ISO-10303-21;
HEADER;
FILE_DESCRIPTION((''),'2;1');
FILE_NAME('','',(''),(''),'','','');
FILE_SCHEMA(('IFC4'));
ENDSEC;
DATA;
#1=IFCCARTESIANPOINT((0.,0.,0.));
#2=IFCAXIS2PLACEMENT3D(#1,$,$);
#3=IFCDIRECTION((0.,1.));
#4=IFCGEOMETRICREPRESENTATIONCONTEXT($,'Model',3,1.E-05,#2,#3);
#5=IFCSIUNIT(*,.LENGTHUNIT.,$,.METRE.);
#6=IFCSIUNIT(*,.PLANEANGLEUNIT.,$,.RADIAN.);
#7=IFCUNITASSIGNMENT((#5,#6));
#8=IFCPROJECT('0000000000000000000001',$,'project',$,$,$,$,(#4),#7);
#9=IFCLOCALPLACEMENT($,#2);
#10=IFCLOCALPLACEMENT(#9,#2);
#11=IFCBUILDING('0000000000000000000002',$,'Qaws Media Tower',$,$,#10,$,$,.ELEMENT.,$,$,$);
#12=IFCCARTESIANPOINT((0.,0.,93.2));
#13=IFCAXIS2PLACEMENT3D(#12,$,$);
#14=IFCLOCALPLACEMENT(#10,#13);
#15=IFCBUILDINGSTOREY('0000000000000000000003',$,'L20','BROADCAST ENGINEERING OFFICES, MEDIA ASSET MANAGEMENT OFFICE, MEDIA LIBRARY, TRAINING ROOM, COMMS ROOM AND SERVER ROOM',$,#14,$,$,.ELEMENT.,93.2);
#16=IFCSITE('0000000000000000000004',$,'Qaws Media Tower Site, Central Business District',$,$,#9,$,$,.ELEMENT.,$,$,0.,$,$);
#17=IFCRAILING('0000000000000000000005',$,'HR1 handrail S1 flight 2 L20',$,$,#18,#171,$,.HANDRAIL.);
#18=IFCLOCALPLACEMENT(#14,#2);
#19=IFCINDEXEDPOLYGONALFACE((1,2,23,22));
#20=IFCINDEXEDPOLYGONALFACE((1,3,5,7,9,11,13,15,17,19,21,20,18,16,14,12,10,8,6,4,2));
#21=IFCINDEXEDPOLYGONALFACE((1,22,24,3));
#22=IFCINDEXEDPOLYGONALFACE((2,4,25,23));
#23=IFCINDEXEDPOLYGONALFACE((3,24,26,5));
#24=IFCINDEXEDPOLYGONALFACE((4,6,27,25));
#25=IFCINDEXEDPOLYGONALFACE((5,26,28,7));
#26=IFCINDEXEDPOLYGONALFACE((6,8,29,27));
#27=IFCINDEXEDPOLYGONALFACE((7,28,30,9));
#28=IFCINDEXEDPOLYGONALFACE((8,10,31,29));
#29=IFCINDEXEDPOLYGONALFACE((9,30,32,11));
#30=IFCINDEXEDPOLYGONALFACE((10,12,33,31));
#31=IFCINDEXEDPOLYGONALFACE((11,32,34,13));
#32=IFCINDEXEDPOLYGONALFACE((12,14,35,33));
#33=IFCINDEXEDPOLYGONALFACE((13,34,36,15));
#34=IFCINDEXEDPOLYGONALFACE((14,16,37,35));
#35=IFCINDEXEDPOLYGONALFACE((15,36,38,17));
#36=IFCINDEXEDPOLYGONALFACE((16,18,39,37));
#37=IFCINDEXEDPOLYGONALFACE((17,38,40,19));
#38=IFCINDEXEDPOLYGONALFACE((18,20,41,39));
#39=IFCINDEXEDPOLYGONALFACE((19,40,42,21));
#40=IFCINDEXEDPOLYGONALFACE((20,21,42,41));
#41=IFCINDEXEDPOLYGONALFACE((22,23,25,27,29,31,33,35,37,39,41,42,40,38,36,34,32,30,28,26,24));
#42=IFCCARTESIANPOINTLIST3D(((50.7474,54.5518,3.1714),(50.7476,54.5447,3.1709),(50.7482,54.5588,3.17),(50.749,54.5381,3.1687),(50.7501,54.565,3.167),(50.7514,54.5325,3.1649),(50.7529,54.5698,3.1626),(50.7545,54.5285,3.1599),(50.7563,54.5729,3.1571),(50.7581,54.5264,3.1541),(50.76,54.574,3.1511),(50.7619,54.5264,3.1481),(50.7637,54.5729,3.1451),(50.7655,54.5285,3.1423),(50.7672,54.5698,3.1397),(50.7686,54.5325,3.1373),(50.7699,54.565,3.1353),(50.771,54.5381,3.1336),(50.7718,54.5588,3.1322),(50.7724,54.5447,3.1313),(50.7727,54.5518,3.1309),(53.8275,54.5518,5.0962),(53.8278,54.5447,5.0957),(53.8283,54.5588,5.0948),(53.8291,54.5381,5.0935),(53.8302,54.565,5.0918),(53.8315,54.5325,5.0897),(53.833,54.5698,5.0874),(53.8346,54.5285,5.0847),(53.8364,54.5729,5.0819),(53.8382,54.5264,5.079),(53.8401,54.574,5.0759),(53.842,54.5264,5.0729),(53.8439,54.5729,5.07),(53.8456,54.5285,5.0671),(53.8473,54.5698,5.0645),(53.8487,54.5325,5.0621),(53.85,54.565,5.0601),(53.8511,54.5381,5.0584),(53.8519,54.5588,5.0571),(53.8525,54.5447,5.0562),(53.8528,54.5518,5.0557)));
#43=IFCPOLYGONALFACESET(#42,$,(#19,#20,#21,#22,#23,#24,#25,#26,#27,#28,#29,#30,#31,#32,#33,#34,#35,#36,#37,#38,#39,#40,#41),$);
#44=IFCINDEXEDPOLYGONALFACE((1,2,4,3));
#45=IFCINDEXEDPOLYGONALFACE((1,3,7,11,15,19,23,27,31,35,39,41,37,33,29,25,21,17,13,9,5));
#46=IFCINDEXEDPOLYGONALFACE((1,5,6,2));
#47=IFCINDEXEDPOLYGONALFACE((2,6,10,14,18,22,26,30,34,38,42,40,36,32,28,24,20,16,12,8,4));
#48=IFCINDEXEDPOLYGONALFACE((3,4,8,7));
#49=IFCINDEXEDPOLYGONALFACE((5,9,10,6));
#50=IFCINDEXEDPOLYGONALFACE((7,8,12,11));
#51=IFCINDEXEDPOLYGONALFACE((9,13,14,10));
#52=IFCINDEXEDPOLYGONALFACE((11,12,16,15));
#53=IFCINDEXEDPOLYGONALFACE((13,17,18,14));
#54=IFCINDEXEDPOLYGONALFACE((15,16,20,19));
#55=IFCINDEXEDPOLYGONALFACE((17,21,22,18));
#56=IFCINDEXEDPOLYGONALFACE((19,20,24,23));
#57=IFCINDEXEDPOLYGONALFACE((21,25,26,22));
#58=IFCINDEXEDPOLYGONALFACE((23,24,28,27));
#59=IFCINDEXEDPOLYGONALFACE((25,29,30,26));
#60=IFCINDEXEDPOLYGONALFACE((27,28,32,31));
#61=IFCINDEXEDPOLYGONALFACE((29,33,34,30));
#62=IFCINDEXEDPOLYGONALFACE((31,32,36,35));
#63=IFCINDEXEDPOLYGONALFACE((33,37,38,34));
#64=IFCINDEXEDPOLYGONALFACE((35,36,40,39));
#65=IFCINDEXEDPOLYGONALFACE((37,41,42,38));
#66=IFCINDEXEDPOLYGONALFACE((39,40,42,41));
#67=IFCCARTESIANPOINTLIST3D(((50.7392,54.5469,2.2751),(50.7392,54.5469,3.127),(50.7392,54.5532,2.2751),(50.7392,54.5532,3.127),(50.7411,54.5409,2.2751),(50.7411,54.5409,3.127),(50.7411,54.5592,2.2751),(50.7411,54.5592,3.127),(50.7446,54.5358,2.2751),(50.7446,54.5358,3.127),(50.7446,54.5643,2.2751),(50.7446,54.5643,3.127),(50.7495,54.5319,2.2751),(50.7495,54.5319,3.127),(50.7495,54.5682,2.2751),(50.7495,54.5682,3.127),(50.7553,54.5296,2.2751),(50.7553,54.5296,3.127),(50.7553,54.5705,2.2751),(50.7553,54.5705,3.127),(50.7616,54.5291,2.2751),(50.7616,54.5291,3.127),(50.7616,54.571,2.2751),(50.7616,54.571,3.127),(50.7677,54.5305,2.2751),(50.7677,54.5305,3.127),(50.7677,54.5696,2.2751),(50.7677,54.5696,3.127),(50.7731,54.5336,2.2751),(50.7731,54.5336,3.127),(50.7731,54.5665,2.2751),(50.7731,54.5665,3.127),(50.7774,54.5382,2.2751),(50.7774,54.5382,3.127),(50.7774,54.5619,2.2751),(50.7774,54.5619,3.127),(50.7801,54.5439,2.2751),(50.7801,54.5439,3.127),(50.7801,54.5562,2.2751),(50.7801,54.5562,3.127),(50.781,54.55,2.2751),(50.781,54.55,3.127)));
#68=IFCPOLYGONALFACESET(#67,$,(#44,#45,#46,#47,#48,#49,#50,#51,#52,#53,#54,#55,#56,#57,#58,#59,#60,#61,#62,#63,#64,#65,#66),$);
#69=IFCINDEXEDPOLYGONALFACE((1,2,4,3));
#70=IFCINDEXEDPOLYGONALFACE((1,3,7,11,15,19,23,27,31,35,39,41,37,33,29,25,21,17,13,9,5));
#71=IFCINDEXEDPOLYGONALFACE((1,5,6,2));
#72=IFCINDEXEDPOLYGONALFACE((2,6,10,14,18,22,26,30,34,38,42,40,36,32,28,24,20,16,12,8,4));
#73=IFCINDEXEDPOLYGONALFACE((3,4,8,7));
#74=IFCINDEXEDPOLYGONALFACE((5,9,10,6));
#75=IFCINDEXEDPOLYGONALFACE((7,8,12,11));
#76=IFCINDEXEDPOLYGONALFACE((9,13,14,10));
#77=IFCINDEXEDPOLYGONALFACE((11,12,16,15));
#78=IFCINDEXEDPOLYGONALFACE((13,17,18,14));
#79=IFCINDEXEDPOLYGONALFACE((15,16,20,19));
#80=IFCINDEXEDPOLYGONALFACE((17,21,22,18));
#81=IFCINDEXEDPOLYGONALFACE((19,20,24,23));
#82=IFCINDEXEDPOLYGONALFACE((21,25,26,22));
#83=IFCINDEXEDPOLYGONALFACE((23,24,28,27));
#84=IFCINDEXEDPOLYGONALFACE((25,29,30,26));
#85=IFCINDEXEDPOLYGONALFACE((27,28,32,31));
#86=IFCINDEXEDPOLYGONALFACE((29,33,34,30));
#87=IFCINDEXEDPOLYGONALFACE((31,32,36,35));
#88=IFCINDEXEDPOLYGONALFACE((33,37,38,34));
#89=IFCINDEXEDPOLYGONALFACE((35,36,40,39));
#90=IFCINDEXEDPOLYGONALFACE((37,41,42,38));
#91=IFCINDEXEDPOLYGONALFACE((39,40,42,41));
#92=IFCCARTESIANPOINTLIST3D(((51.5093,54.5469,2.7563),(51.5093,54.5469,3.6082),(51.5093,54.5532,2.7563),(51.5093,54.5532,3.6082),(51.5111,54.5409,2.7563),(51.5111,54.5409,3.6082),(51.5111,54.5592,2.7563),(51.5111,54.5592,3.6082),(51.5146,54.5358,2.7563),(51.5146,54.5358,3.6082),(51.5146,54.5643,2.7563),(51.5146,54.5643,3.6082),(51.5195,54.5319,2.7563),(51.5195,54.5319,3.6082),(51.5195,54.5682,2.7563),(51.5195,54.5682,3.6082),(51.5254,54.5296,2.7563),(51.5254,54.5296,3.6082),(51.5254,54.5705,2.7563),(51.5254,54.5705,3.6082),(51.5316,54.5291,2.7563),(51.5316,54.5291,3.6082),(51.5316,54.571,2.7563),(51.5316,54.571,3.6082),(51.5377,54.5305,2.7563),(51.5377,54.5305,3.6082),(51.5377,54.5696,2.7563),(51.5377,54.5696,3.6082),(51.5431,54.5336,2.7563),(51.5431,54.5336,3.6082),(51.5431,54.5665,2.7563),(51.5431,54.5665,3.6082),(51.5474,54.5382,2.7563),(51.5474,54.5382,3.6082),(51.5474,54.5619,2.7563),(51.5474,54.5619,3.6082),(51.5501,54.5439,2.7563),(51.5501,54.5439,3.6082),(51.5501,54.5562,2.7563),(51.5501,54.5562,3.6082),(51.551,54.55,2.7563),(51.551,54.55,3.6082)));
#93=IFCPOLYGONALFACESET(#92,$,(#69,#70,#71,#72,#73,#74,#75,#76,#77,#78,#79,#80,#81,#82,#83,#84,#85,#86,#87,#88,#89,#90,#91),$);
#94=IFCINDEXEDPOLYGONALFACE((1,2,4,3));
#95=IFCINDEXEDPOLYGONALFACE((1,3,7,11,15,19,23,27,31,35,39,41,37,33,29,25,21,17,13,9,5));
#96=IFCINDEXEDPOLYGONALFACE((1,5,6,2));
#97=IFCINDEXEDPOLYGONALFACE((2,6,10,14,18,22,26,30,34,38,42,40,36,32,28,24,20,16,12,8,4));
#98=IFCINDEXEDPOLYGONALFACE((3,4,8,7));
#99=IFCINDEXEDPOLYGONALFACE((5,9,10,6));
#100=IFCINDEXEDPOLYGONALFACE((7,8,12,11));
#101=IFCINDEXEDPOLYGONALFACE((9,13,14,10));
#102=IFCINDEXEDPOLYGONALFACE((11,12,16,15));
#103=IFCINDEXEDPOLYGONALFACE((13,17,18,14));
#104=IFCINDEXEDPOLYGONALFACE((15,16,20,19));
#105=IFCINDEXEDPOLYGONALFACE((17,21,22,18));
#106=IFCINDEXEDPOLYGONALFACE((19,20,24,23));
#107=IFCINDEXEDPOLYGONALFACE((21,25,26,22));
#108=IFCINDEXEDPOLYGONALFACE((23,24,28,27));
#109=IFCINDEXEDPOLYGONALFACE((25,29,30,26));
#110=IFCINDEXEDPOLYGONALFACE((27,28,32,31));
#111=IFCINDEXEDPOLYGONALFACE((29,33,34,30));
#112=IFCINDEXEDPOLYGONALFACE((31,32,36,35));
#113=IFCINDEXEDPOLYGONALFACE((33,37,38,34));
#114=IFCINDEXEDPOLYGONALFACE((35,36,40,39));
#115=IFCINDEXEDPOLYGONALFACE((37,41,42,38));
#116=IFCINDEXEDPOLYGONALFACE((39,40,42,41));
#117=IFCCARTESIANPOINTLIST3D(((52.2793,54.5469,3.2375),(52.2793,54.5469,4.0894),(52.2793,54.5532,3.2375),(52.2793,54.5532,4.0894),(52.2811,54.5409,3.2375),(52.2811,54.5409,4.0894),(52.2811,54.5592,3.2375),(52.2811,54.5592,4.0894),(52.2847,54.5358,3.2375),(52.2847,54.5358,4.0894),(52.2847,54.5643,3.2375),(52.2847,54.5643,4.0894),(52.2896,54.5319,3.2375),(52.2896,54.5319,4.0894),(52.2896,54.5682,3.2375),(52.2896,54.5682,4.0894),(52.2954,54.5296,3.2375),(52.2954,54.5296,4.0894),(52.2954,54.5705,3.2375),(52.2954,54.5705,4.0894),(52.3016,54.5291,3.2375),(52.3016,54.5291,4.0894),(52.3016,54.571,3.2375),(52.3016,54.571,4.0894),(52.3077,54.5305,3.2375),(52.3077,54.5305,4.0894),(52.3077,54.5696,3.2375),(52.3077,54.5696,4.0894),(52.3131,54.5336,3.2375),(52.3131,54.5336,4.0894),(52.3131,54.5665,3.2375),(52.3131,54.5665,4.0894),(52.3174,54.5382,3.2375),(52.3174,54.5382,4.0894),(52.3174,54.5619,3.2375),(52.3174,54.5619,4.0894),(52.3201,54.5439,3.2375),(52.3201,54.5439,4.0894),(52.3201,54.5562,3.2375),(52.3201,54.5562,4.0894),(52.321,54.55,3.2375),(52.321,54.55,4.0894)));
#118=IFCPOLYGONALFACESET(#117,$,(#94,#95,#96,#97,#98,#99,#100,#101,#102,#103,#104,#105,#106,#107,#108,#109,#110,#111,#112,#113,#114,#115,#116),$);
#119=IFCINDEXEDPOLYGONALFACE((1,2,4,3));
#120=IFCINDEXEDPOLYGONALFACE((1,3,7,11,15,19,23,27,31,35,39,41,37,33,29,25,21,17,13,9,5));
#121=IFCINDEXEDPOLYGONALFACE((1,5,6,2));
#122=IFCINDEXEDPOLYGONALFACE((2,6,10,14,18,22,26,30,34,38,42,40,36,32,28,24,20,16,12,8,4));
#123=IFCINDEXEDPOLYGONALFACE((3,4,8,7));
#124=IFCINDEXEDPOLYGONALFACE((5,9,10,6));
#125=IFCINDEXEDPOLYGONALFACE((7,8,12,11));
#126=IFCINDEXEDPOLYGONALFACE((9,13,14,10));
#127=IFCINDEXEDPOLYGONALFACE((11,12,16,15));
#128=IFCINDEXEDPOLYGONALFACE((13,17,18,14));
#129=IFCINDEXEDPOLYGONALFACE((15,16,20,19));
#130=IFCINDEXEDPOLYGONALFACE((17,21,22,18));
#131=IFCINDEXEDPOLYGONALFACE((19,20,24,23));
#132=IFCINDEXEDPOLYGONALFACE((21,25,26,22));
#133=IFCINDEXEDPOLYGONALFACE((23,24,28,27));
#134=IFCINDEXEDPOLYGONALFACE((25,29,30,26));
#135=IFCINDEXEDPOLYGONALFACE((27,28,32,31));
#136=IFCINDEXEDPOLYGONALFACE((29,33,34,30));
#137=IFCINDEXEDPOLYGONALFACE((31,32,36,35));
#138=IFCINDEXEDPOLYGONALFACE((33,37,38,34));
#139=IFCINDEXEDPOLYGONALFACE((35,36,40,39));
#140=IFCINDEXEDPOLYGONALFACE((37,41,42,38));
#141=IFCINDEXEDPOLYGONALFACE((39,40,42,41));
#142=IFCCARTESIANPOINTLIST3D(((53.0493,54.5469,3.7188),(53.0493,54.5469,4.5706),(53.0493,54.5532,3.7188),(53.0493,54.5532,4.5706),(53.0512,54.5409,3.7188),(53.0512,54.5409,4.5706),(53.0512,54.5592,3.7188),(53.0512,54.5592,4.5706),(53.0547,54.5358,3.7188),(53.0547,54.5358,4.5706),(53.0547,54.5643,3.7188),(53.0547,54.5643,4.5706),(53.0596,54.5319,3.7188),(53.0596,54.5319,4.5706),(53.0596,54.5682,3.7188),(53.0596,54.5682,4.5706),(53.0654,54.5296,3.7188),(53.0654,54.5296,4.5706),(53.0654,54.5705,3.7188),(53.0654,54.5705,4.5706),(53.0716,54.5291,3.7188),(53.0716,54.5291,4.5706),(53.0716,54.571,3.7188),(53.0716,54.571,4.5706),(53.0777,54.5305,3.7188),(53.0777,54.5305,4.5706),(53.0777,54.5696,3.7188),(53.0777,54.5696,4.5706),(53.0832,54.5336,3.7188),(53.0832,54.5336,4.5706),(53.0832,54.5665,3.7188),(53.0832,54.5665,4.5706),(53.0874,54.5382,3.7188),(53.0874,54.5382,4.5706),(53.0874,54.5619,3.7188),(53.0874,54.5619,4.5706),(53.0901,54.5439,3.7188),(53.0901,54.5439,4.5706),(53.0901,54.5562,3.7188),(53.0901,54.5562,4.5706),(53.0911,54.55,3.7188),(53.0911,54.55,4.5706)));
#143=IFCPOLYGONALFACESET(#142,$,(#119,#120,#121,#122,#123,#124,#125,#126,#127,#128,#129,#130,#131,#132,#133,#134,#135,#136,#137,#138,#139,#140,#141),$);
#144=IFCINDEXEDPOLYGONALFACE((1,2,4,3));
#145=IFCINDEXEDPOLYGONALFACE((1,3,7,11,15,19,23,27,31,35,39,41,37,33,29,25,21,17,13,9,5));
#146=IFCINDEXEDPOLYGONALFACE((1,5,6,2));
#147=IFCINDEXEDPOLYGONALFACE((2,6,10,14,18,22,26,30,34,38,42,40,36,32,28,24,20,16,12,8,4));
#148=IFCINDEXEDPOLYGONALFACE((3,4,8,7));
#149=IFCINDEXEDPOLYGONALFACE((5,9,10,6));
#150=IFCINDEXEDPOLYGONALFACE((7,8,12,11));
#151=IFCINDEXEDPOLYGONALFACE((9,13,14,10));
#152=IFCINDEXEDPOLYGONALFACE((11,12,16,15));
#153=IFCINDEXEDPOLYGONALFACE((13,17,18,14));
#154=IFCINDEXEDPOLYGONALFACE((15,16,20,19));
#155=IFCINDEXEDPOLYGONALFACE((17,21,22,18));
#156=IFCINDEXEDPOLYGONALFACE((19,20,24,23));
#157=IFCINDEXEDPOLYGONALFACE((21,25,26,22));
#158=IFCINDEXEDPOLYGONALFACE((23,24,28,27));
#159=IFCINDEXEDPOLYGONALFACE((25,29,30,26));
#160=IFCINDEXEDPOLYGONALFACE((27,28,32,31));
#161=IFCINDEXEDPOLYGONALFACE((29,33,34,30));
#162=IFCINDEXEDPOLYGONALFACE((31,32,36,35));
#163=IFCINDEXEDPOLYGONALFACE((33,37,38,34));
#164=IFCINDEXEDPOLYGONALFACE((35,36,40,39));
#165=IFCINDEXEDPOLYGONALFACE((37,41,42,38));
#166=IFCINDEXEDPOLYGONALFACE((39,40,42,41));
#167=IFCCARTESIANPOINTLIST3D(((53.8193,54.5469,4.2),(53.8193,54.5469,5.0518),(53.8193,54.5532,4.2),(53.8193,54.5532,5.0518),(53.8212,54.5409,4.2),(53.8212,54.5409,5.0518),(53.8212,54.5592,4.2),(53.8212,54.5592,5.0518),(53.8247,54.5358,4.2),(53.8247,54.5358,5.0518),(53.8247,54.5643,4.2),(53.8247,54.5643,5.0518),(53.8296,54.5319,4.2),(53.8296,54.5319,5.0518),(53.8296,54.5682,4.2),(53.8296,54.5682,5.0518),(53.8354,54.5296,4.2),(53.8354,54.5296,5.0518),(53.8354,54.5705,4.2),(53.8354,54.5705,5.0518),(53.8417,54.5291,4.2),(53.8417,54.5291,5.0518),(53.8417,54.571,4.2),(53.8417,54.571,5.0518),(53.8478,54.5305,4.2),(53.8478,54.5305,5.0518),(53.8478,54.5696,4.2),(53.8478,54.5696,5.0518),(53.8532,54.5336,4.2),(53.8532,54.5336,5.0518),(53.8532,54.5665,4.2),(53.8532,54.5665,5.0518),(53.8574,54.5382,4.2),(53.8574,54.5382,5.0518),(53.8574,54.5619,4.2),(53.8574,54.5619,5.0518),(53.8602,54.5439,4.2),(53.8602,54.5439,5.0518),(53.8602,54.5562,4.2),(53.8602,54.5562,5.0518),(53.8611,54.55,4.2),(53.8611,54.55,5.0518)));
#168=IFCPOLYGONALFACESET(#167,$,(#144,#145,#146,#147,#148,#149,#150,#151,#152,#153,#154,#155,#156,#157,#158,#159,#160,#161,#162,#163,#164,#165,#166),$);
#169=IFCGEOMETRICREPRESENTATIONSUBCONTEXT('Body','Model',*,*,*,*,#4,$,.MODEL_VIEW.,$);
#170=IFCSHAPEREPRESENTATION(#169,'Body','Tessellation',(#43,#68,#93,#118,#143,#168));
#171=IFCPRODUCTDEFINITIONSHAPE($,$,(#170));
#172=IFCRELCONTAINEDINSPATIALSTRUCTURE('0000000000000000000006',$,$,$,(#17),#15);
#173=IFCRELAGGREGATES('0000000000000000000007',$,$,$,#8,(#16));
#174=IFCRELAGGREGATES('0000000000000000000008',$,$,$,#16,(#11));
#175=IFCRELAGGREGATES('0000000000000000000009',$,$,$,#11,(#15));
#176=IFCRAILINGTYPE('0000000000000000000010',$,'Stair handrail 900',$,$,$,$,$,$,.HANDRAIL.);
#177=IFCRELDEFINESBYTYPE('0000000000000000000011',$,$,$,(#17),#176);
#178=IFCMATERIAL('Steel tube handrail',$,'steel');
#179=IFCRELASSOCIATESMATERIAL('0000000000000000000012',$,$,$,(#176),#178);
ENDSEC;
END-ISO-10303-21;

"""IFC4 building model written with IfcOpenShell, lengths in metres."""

from ifc_helpers import new_model, si_unit, direction, frame, origin, origin_2d, place, context, subcontext, project, spatial, circle, extrude, material, type_object, element, save


model = new_model("IFC4")

# Units and contexts
model_context = context("Model", 3, precision=1e-05, world=origin(), true_north=direction((0.0, 1.0)))
body_context = subcontext(model_context, "Body", "Model", "MODEL_VIEW")
ifc_project = project(units=[si_unit("LENGTHUNIT", "METRE"), si_unit("PLANEANGLEUNIT", "RADIAN")], contexts=[model_context])

# Site, building, storey
site_placement = place(None, origin())
site = spatial("IfcSite", under=ifc_project, at=site_placement, Name="Qaws Media Tower Site, Central Business District", CompositionType="ELEMENT", RefElevation=0.0)
building_placement = place(site_placement, origin())
building = spatial("IfcBuilding", under=site, at=building_placement, Name="Qaws Media Tower", CompositionType="ELEMENT")
storey_placement = place(building_placement, frame((0.0, 0.0, 93.2)))
storey = spatial("IfcBuildingStorey", under=building, at=storey_placement, Name="L20", Description="BROADCAST ENGINEERING OFFICES, MEDIA ASSET MANAGEMENT OFFICE, MEDIA LIBRARY, TRAINING ROOM, COMMS ROOM AND SERVER ROOM", CompositionType="ELEMENT", Elevation=93.2)

# Railing
ifc_material_1 = material(Name="Steel tube handrail", Category="steel")
railing_type = type_object("IfcRailingType", Name="Stair handrail 900", PredefinedType="HANDRAIL", material=ifc_material_1)
for number, where, name in (
    (1, (50.76, 54.55, 2.2751), "HR1 handrail S1 flight 2 L20"),
):
    element("IfcRailing", number, at=place(storey_placement, frame(where)), inside=storey, type_object=railing_type, Name=name, PredefinedType="HANDRAIL", context=body_context, shape_type="SweptSolid", body=[
        extrude(circle(Radius=0.0239, at=origin_2d()), frame((0.0, 0.0, 0.876), z_axis=(0.848029, 0.0, 0.529951), x_axis=(0.0, 1.0, 0.0)), (0.0, 0.0, 1.0), 3.6321),
        extrude(circle(Radius=0.021, at=origin_2d()), origin(), (0.0, 0.0, 1.0), 0.8518),
        extrude(circle(Radius=0.021, at=origin_2d()), frame((0.77, 0.0, 0.4812)), (0.0, 0.0, 1.0), 0.8518),
        extrude(circle(Radius=0.021, at=origin_2d()), frame((1.54, 0.0, 0.9624)), (0.0, 0.0, 1.0), 0.8518),
        extrude(circle(Radius=0.021, at=origin_2d()), frame((2.3101, 0.0, 1.4436)), (0.0, 0.0, 1.0), 0.8518),
        extrude(circle(Radius=0.021, at=origin_2d()), frame((3.0801, 0.0, 1.9248)), (0.0, 0.0, 1.0), 0.8518),
    ])

save(model, "model.ifc")
